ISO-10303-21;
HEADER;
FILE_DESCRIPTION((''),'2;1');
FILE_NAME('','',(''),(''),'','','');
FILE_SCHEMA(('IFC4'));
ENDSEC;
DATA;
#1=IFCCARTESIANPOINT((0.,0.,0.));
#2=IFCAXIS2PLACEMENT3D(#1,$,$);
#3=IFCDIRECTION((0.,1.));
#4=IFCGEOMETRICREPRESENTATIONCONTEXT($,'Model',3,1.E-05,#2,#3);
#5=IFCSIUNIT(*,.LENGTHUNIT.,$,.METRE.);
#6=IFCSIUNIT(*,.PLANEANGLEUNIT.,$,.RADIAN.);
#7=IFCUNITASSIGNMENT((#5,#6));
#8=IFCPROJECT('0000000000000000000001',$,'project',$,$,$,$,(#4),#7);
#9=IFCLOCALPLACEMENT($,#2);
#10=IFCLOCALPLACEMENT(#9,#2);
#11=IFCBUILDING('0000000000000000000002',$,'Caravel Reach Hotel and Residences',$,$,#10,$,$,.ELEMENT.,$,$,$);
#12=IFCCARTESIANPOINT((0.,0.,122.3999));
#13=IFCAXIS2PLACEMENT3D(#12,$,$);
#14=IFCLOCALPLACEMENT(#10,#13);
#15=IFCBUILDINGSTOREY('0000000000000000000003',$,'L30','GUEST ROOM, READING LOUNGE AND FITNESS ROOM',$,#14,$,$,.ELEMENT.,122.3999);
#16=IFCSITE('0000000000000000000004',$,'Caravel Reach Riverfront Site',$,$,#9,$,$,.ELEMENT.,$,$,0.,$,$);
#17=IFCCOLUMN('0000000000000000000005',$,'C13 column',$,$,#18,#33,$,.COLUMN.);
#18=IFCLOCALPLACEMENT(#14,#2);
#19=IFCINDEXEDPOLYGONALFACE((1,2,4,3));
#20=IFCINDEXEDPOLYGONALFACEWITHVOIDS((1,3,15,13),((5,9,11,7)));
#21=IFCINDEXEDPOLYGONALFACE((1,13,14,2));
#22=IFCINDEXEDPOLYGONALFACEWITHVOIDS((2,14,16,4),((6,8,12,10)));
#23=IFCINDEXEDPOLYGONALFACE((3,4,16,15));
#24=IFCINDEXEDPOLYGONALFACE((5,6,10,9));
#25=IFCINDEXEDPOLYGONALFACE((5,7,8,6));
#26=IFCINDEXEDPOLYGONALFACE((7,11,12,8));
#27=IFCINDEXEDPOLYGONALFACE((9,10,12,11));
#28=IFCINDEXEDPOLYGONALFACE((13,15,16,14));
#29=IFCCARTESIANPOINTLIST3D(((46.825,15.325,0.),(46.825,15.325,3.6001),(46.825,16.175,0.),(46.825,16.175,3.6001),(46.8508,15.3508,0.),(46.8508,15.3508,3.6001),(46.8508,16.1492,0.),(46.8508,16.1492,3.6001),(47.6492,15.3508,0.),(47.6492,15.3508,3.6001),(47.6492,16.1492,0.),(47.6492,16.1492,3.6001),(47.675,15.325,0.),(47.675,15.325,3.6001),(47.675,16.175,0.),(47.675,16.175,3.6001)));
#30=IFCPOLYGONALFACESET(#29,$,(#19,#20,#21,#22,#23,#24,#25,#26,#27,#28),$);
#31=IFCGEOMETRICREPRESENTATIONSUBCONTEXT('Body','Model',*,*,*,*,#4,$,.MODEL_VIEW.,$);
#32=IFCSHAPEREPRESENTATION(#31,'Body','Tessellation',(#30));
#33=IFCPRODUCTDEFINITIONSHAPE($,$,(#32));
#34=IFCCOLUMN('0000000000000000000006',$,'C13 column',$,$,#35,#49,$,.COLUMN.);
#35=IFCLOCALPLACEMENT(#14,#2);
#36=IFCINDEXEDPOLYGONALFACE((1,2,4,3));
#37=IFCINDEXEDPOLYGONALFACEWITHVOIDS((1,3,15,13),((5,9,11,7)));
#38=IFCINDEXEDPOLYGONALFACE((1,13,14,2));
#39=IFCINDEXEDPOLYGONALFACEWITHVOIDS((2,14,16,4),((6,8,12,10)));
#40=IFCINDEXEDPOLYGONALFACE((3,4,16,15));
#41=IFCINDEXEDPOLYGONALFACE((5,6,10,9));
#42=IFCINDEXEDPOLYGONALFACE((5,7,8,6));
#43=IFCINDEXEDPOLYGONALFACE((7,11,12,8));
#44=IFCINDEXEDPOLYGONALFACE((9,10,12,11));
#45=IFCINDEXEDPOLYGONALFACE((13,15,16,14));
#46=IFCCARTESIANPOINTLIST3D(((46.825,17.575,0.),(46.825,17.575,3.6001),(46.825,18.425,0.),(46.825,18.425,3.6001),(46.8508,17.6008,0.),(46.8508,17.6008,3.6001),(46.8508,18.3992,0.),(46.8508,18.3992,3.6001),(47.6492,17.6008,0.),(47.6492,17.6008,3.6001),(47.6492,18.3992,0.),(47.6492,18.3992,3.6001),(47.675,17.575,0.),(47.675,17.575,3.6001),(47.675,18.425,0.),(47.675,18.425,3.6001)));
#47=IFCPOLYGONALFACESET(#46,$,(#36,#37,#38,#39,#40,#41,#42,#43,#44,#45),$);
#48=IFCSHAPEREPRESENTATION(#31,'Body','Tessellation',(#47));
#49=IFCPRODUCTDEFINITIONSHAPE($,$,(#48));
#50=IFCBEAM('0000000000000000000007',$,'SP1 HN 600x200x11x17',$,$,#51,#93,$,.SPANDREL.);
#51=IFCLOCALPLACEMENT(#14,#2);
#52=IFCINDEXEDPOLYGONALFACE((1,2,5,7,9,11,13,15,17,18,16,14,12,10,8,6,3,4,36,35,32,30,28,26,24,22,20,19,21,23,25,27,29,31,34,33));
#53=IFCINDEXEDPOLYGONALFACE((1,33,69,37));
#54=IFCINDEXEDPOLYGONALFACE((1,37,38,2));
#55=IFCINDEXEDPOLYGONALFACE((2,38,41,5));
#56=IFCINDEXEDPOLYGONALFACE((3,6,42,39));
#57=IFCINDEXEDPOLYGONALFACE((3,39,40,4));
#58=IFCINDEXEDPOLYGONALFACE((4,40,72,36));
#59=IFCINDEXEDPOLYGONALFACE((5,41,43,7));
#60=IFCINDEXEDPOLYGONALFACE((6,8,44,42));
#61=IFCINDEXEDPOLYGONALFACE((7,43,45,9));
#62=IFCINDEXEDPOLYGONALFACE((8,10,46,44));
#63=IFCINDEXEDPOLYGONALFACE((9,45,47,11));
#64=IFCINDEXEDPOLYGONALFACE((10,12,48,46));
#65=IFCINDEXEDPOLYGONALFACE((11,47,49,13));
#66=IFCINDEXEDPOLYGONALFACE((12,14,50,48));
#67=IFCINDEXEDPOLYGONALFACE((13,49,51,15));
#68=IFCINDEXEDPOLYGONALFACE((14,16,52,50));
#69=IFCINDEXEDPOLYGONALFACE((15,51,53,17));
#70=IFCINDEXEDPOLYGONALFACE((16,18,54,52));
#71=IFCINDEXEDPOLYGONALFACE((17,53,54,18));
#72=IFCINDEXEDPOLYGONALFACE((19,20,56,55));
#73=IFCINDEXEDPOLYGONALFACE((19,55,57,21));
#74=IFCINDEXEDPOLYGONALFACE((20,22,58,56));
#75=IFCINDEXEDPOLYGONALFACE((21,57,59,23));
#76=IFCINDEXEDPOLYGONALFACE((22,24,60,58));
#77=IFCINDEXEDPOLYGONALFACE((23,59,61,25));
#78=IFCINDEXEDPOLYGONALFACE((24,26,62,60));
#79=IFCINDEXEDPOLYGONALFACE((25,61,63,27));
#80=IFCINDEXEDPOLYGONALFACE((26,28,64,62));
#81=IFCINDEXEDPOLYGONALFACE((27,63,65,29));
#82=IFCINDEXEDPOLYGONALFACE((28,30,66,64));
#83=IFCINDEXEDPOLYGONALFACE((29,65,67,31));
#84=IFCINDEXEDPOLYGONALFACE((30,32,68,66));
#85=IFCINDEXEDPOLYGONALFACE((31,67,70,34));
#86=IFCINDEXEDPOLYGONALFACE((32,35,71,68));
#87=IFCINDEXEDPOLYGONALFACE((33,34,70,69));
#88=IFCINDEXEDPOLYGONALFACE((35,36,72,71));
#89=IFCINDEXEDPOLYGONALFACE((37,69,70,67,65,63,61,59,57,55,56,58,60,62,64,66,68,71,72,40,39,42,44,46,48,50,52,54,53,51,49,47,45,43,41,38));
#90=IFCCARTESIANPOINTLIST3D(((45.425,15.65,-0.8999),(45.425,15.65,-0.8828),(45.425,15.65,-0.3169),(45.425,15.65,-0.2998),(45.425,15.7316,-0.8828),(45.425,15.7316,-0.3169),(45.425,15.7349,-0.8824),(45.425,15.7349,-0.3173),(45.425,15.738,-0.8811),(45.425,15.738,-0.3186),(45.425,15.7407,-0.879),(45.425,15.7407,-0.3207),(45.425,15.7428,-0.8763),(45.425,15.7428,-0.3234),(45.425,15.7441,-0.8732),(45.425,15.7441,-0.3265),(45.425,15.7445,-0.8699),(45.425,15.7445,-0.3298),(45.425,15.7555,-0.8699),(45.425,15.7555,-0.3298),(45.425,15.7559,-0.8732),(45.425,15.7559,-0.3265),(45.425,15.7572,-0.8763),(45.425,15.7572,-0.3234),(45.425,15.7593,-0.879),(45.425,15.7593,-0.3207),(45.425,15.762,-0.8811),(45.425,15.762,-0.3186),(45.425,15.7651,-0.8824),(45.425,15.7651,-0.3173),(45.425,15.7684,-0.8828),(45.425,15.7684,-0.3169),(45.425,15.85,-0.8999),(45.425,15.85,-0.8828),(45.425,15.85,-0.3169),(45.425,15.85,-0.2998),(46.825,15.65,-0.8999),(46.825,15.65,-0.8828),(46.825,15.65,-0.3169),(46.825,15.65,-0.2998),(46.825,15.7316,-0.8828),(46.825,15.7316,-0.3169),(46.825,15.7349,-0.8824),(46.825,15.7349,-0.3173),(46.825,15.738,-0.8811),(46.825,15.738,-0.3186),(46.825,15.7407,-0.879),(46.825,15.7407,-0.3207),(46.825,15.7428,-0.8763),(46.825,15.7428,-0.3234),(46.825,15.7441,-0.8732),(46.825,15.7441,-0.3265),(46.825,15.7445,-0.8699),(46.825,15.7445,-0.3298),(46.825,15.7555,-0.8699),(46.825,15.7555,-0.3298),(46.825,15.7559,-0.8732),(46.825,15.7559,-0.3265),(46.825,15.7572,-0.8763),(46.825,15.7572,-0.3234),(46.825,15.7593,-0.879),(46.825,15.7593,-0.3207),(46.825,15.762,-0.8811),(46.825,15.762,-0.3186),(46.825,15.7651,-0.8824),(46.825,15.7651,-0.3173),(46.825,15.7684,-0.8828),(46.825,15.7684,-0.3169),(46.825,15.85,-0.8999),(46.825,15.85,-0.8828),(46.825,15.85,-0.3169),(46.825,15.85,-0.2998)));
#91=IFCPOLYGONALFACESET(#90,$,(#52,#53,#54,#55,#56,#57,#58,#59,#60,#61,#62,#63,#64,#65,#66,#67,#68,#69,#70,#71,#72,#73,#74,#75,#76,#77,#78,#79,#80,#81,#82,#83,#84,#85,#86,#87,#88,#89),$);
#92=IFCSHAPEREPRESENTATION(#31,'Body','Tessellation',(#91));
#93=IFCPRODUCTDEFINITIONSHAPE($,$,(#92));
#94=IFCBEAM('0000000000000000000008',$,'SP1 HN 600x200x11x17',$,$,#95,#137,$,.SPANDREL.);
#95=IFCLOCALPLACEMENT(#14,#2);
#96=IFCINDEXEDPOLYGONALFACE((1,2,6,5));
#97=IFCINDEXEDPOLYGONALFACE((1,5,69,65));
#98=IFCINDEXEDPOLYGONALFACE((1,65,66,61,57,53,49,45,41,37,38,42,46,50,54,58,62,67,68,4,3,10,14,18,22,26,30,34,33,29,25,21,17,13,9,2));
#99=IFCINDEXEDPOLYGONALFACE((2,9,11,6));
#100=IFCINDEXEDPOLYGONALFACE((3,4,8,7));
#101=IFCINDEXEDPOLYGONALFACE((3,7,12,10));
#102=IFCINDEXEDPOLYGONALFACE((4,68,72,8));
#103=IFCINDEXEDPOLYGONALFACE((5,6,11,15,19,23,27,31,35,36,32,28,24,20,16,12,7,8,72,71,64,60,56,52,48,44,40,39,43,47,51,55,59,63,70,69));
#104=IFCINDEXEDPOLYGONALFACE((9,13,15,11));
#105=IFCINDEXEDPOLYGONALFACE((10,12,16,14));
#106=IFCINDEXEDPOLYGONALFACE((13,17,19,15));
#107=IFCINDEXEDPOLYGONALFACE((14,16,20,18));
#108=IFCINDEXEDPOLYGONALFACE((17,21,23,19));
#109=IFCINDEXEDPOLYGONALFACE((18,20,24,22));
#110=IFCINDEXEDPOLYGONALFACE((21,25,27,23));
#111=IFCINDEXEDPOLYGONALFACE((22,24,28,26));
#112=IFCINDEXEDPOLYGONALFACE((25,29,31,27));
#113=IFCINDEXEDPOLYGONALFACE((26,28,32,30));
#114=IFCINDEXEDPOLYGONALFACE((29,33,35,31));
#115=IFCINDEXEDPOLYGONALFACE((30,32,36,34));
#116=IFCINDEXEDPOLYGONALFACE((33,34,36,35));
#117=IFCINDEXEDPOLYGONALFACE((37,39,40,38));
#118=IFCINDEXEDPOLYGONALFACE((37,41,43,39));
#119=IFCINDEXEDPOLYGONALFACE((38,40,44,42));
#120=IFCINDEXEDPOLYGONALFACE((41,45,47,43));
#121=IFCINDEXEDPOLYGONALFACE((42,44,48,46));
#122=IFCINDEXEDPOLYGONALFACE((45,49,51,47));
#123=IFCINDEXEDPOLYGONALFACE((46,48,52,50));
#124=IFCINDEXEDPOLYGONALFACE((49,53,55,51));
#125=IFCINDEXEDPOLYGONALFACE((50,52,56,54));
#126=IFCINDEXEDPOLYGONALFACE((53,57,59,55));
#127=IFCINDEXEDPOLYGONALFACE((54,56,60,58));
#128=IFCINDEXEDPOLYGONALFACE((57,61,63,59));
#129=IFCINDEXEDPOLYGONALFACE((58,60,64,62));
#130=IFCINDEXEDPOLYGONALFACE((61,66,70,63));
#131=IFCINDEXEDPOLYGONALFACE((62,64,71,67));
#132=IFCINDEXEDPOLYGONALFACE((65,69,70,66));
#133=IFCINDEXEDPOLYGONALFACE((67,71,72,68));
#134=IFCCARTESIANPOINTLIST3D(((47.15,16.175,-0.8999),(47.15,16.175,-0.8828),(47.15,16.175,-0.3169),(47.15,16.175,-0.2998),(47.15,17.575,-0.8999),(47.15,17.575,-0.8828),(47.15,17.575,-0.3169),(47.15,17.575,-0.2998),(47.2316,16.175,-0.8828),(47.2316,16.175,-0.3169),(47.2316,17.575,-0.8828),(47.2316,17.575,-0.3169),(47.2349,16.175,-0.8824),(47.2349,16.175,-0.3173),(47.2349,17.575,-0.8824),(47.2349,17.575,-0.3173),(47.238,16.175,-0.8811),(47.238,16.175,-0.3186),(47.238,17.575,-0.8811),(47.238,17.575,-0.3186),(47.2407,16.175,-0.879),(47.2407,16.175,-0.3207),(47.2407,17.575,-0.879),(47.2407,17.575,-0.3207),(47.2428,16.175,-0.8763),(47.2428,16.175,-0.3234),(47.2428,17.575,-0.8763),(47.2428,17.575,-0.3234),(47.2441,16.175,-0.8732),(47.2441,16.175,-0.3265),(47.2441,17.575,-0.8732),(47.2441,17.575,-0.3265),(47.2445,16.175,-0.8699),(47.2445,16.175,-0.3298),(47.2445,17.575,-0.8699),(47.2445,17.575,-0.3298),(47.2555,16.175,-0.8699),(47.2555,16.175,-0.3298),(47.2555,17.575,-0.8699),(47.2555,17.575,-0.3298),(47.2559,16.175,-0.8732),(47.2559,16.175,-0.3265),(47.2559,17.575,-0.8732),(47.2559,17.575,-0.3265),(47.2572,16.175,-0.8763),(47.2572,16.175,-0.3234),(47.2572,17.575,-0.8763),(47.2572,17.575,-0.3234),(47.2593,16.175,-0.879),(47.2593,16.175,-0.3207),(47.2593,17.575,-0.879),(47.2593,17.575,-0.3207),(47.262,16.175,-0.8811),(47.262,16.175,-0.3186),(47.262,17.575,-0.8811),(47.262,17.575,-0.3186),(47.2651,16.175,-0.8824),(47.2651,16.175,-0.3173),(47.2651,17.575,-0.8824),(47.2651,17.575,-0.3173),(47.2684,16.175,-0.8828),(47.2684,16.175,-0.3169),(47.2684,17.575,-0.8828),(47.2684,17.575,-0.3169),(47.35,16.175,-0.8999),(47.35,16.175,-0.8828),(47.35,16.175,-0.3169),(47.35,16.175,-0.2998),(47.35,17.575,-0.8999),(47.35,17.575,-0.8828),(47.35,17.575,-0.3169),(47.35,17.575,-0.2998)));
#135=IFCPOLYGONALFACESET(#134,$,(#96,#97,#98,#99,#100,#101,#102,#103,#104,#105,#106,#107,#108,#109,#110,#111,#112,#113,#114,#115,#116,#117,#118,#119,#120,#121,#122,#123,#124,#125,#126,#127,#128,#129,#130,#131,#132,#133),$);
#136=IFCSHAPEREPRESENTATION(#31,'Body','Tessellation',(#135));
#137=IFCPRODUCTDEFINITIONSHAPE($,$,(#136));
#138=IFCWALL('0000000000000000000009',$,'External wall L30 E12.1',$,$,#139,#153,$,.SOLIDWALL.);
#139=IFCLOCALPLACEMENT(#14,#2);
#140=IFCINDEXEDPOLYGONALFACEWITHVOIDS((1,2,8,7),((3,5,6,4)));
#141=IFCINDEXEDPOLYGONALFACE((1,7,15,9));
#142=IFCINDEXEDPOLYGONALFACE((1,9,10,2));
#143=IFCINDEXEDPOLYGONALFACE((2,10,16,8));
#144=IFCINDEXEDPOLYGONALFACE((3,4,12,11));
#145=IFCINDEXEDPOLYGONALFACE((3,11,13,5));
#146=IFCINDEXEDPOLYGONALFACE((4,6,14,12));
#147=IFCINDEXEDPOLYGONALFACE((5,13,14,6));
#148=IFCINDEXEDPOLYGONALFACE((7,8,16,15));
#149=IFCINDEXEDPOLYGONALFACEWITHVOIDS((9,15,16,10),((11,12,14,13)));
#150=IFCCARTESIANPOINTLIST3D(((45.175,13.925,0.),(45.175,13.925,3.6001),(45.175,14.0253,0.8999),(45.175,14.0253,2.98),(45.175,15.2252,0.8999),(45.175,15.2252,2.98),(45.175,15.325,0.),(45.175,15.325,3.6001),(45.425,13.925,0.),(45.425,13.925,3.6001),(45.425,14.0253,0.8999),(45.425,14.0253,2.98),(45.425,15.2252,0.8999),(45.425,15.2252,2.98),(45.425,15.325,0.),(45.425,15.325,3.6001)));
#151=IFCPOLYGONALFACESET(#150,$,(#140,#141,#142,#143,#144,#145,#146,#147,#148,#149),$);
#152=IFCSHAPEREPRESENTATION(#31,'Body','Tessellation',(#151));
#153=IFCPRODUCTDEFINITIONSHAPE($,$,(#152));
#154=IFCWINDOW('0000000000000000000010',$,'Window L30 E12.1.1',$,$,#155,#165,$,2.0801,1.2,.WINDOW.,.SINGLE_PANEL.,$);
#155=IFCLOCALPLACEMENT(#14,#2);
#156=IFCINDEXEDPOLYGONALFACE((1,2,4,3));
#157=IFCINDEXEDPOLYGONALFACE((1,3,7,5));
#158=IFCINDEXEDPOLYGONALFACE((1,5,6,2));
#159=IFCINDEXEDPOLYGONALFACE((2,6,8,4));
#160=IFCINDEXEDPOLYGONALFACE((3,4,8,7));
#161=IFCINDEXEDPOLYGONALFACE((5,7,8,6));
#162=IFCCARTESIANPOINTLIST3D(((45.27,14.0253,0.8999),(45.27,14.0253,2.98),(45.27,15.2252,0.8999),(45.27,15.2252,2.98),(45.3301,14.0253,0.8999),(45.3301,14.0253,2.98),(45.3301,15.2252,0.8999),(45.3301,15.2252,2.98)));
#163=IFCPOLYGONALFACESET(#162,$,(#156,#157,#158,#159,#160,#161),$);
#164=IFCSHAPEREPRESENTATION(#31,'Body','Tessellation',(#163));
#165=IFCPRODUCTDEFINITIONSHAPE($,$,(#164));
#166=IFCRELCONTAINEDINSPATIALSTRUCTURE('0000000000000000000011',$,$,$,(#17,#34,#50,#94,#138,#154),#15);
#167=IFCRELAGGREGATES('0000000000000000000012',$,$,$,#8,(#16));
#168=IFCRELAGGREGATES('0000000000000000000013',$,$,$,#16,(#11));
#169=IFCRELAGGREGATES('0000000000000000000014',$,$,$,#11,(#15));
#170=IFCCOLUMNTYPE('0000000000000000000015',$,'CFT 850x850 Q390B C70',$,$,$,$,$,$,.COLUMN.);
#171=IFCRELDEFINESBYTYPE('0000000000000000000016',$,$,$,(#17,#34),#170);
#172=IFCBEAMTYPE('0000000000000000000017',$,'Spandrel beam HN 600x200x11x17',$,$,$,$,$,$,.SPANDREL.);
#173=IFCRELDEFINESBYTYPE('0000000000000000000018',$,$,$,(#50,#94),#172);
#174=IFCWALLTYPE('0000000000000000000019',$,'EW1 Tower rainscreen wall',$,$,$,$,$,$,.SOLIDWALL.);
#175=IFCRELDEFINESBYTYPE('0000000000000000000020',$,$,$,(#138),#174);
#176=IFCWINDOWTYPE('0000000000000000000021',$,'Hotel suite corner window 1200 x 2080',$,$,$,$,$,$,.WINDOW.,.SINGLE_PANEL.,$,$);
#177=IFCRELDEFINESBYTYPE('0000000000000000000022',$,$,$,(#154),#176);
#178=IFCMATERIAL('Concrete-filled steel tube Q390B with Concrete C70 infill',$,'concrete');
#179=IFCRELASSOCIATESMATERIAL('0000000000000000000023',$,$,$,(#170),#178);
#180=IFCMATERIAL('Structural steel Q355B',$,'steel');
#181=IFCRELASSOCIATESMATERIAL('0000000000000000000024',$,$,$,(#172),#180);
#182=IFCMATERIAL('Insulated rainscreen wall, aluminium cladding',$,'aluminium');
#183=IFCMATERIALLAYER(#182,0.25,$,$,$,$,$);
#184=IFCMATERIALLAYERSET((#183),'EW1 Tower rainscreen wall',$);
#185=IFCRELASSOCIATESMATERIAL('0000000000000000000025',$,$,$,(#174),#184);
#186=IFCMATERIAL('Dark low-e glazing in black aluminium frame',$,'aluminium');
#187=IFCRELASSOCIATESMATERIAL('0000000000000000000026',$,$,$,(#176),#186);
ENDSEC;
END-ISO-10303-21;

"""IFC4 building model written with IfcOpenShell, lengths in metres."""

from ifc_helpers import new_model, si_unit, direction, frame, frame_2d, origin, origin_2d, place, context, subcontext, project, spatial, rectangle, hollow_rectangle, i_section, extrude, material, layer, layer_set, material_profile, profile_set, type_object, element, fill, save


model = new_model("IFC4")

# Units and contexts
model_context = context("Model", 3, precision=1e-05, world=origin(), true_north=direction((0.0, 1.0)))
body_context = subcontext(model_context, "Body", "Model", "MODEL_VIEW")
ifc_project = project(units=[si_unit("LENGTHUNIT", "METRE"), si_unit("PLANEANGLEUNIT", "RADIAN")], contexts=[model_context])

# Site, building, storey
site_placement = place(None, origin())
site = spatial("IfcSite", under=ifc_project, at=site_placement, Name="Caravel Reach Riverfront Site", CompositionType="ELEMENT", RefElevation=0.0)
building_placement = place(site_placement, origin())
building = spatial("IfcBuilding", under=site, at=building_placement, Name="Caravel Reach Hotel and Residences", CompositionType="ELEMENT")
storey_placement = place(building_placement, frame((0.0, 0.0, 122.3999)))
storey = spatial("IfcBuildingStorey", under=building, at=storey_placement, Name="L30", Description="GUEST ROOM, READING LOUNGE AND FITNESS ROOM", CompositionType="ELEMENT", Elevation=122.3999)

# Columns
ifc_material_1 = material(Name="Concrete-filled steel tube Q390B with Concrete C70 infill", Category="concrete")
ifc_material_profile_1 = material_profile(ifc_material_1, hollow_rectangle(XDim=0.8501, YDim=0.8501, WallThickness=0.0259, at=origin_2d()), Name="RHS 850x850x26")
ifc_profile_set_1 = profile_set([ifc_material_profile_1], Name="Concrete-filled steel tube Q390B with Concrete C70 infill")
column_type = type_object("IfcColumnType", Name="CFT 850x850 Q390B C70", PredefinedType="COLUMN", material=ifc_profile_set_1)
for number, where, z_axis, x_axis, name in (
    (1, (47.25, 15.75, 0.0), (0.0, 0.0, 1.0), (1.0, 0.0, 0.0), "C13 column"),
    (2, (47.25, 18.0, 0.0), (0.0, 0.0, 1.0), (1.0, 0.0, 0.0), "C13 column"),
):
    element("IfcColumn", number, at=place(storey_placement, frame(where, z_axis=z_axis, x_axis=x_axis)), inside=storey, type_object=column_type, Name=name, PredefinedType="COLUMN", context=body_context, shape_type="SweptSolid", body=[
        extrude(hollow_rectangle(XDim=0.8501, YDim=0.8501, WallThickness=0.0259, at=origin_2d()), origin(), (0.0, 0.0, 1.0), 3.6001),
    ])

# Beams
ifc_material_2 = material(Name="Structural steel Q355B", Category="steel")
ifc_material_profile_2 = material_profile(ifc_material_2, i_section(OverallWidth=0.2, OverallDepth=0.6001, WebThickness=0.011, FlangeThickness=0.0171, FilletRadius=0.0129, at=origin_2d()), Name="HN 600x200x11x17")
ifc_profile_set_2 = profile_set([ifc_material_profile_2], Name="Structural steel Q355B")
beam_type = type_object("IfcBeamType", Name="Spandrel beam HN 600x200x11x17", PredefinedType="SPANDREL", material=ifc_profile_set_2)
for number, where, z_axis, x_axis, name in (
    (3, (45.425, 15.75, -0.5999), (1.0, 0.0, 0.0), (0.0, 1.0, 0.0), "SP1 HN 600x200x11x17"),
    (4, (47.25, 16.175, -0.5999), (0.0, 1.0, 0.0), (-1.0, 0.0, 0.0), "SP1 HN 600x200x11x17"),
):
    element("IfcBeam", number, at=place(storey_placement, frame(where, z_axis=z_axis, x_axis=x_axis)), inside=storey, type_object=beam_type, Name=name, PredefinedType="SPANDREL", context=body_context, shape_type="SweptSolid", body=[
        extrude(i_section(OverallWidth=0.2, OverallDepth=0.6001, WebThickness=0.011, FlangeThickness=0.0171, FilletRadius=0.0129, at=origin_2d()), origin(), (0.0, 0.0, 1.0), 1.3999),
    ])

# Wall, opening, window
ifc_material_3 = material(Name="Insulated rainscreen wall, aluminium cladding", Category="aluminium")
ifc_layer_1 = layer(ifc_material_3, 0.25)
ifc_layer_set_1 = layer_set([ifc_layer_1], Name="EW1 Tower rainscreen wall")
wall_type_1 = type_object("IfcWallType", Name="EW1 Tower rainscreen wall", PredefinedType="SOLIDWALL", material=ifc_layer_set_1)
wall_1_placement = place(storey_placement, frame((45.3, 13.925, 0.0), z_axis=(0.0, 0.0, 1.0), x_axis=(0.0, 1.0, 0.0)))
wall_1 = element("IfcWall", 5, at=wall_1_placement, inside=storey, type_object=wall_type_1, Name="External wall L30 E12.1", PredefinedType="SOLIDWALL", context=body_context, shape_type="SweptSolid", body=[
    extrude(rectangle(XDim=1.3999, YDim=0.25, at=frame_2d((0.7, 0.0))), origin(), (0.0, 0.0, 1.0), 3.6001),
])
opening_1_placement = place(wall_1_placement, frame((0.1001, 0.0, 0.8999)))
opening_1 = element("IfcOpeningElement", 6, at=opening_1_placement, cuts=wall_1, PredefinedType="OPENING", context=body_context, shape_type="SweptSolid", body=[
    extrude(rectangle(XDim=1.2, YDim=2.0801, at=frame_2d((0.6001, 1.04))), frame((0.0, 0.135, 0.0), z_axis=(0.0, -1.0, 0.0), x_axis=(1.0, 0.0, 0.0)), (0.0, 0.0, 1.0), 0.27),
])
ifc_material_4 = material(Name="Dark low-e glazing in black aluminium frame", Category="aluminium")
window_type_1 = type_object("IfcWindowType", Name="Hotel suite corner window 1200 x 2080", PartitioningType="SINGLE_PANEL", PredefinedType="WINDOW", material=ifc_material_4)
window_1_placement = place(opening_1_placement, origin())
window_1 = element("IfcWindow", 7, at=window_1_placement, inside=storey, type_object=window_type_1, Name="Window L30 E12.1.1", OverallHeight=2.0801, OverallWidth=1.2, PartitioningType="SINGLE_PANEL", PredefinedType="WINDOW", context=body_context, shape_type="SweptSolid", body=[
    extrude(rectangle(XDim=1.2, YDim=2.0801, at=frame_2d((0.6001, 1.04))), frame((0.0, 0.03, 0.0), z_axis=(0.0, -1.0, 0.0), x_axis=(1.0, 0.0, 0.0)), (0.0, 0.0, 1.0), 0.0601),
])
fill(opening_1, window_1)

save(model, "model.ifc")
